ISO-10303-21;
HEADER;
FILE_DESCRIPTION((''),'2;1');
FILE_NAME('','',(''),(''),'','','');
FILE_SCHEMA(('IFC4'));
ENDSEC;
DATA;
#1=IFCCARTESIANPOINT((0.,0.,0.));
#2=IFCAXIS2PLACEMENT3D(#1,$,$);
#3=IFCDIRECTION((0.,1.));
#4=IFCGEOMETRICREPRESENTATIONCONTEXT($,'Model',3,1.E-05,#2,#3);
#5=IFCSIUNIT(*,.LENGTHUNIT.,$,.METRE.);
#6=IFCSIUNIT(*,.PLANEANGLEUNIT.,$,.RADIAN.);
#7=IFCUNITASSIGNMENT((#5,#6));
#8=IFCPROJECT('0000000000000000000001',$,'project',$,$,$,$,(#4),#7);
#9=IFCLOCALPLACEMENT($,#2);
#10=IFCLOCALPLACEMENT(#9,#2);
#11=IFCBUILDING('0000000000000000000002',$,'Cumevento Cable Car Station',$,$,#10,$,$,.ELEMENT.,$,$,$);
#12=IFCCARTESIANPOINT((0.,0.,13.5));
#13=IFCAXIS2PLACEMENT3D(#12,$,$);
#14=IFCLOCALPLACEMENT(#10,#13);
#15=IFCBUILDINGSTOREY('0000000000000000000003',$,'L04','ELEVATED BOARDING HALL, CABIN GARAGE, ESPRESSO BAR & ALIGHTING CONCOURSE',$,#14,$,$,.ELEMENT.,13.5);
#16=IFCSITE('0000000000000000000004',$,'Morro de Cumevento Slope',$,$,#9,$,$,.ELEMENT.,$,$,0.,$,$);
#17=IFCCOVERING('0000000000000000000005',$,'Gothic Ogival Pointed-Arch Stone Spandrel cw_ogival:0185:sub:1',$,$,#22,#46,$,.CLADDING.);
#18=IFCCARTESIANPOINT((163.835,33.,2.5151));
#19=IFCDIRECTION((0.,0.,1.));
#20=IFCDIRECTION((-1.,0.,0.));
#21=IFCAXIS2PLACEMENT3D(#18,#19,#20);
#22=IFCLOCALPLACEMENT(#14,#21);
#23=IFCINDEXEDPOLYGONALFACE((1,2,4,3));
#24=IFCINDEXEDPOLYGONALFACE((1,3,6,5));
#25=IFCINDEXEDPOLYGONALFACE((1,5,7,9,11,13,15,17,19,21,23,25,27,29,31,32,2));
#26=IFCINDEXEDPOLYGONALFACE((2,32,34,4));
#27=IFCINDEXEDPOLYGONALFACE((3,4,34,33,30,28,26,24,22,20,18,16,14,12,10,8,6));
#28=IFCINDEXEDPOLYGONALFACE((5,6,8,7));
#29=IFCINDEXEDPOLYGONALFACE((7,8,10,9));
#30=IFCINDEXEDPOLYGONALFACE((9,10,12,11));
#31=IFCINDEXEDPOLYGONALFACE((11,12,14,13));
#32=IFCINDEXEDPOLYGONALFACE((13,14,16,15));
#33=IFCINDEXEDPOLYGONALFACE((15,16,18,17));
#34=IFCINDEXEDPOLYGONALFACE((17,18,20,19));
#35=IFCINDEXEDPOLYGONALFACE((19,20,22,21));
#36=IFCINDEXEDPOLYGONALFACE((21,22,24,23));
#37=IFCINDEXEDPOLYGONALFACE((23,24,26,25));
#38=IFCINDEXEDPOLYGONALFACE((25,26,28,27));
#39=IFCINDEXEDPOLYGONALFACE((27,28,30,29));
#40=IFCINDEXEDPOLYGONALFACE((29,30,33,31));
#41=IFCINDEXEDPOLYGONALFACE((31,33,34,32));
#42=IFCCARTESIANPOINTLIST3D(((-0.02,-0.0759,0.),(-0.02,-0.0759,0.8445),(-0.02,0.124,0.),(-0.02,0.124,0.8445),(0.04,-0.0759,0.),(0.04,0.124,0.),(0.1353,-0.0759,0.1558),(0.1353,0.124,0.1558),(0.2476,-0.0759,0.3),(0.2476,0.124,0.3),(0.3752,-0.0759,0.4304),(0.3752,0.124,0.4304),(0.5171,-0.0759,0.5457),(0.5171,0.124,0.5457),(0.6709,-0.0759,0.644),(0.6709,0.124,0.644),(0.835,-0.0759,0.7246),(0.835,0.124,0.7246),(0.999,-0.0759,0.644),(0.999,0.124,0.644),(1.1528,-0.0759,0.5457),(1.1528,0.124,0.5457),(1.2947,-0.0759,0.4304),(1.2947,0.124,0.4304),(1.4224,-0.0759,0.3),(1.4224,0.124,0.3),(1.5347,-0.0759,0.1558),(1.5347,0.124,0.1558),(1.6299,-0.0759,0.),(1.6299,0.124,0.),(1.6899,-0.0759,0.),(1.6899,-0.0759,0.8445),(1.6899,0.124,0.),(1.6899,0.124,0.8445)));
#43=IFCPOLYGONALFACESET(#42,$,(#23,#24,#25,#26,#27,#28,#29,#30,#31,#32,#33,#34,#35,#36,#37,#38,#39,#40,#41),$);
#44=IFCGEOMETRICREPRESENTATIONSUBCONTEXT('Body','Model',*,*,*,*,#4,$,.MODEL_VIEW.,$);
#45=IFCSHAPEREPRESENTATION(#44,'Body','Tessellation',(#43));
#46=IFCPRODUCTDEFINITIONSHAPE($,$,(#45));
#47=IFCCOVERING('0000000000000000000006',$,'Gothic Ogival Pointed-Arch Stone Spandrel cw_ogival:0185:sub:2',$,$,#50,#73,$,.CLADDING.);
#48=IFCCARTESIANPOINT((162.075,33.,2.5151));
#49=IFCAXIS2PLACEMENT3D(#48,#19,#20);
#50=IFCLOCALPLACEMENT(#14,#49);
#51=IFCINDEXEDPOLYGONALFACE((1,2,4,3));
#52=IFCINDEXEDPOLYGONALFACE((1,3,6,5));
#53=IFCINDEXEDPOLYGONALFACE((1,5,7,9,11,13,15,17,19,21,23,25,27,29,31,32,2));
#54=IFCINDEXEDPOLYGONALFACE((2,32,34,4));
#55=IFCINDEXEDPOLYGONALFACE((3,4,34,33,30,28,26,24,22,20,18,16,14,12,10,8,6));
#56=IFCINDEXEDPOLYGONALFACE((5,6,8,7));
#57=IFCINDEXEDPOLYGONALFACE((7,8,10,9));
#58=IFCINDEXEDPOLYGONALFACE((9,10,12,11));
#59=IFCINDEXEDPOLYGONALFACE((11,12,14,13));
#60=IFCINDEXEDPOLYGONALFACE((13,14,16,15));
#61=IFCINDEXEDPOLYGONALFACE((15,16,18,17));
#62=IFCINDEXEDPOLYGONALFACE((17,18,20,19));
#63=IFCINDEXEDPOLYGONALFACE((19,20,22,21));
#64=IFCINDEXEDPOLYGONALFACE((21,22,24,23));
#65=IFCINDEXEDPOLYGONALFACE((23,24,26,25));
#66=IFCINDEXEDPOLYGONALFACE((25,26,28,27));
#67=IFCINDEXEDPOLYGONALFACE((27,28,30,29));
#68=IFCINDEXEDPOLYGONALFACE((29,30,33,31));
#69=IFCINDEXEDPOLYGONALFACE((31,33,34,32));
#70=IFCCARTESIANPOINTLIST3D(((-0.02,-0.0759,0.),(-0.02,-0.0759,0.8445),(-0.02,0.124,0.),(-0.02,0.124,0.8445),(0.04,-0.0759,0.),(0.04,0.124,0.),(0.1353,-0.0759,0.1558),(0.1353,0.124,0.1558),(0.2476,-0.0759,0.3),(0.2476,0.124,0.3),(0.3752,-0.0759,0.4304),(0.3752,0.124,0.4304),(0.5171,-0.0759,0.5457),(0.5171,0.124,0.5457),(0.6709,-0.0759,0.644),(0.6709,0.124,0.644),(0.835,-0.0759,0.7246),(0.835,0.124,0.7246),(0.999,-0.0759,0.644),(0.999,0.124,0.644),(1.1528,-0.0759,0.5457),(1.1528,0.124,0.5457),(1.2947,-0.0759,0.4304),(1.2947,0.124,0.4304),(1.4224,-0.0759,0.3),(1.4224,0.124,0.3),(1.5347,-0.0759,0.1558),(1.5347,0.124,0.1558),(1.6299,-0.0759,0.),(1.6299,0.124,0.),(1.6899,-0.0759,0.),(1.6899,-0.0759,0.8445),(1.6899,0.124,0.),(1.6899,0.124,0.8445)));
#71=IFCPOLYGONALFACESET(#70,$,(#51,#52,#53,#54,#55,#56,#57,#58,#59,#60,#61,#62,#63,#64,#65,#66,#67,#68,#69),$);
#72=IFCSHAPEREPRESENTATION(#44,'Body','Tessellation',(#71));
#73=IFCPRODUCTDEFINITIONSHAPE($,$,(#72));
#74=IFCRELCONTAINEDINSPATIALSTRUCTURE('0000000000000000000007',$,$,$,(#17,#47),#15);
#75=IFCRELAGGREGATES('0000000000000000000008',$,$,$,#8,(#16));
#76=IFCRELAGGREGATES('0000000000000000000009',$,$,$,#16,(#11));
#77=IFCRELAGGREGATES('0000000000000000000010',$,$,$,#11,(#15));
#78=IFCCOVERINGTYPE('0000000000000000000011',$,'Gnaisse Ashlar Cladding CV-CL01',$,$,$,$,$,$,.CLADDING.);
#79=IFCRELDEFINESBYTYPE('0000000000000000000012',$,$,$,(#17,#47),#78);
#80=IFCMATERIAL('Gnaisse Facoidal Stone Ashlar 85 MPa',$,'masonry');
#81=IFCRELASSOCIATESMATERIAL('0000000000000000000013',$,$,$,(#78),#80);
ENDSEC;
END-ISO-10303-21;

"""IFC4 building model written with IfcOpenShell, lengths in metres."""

from ifc_helpers import new_model, si_unit, direction, frame, origin, place, context, subcontext, project, spatial, polyline, outline, extrude, material, type_object, element, save


model = new_model("IFC4")

# Units and contexts
model_context = context("Model", 3, precision=1e-05, world=origin(), true_north=direction((0.0, 1.0)))
body_context = subcontext(model_context, "Body", "Model", "MODEL_VIEW")
ifc_project = project(units=[si_unit("LENGTHUNIT", "METRE"), si_unit("PLANEANGLEUNIT", "RADIAN")], contexts=[model_context])

# Site, building, storey
site_placement = place(None, origin())
site = spatial("IfcSite", under=ifc_project, at=site_placement, Name="Morro de Cumevento Slope", CompositionType="ELEMENT", RefElevation=0.0)
building_placement = place(site_placement, origin())
building = spatial("IfcBuilding", under=site, at=building_placement, Name="Cumevento Cable Car Station", CompositionType="ELEMENT")
storey_placement = place(building_placement, frame((0.0, 0.0, 13.5)))
storey = spatial("IfcBuildingStorey", under=building, at=storey_placement, Name="L04", Description="ELEVATED BOARDING HALL, CABIN GARAGE, ESPRESSO BAR & ALIGHTING CONCOURSE", CompositionType="ELEMENT", Elevation=13.5)

# Coverings
ifc_material_1 = material(Name="Gnaisse Facoidal Stone Ashlar 85 MPa", Category="masonry")
covering_type = type_object("IfcCoveringType", Name="Gnaisse Ashlar Cladding CV-CL01", PredefinedType="CLADDING", material=ifc_material_1)
for number, where, z_axis, x_axis, name in (
    (1, (163.835, 33.0, 2.5151), (0.0, 0.0, 1.0), (-1.0, 0.0, 0.0), "Gothic Ogival Pointed-Arch Stone Spandrel cw_ogival:0185:sub:1"),
    (2, (162.075, 33.0, 2.5151), (0.0, 0.0, 1.0), (-1.0, 0.0, 0.0), "Gothic Ogival Pointed-Arch Stone Spandrel cw_ogival:0185:sub:2"),
):
    element("IfcCovering", number, at=place(storey_placement, frame(where, z_axis=z_axis, x_axis=x_axis)), inside=storey, type_object=covering_type, Name=name, PredefinedType="CLADDING", context=body_context, shape_type="SweptSolid", body=[
        extrude(outline(polyline([(-0.02, 0.0), (-0.02, 0.8445), (1.6899, 0.8445), (1.6899, 0.0), (1.6299, 0.0), (1.5347, 0.1558), (1.4224, 0.3), (1.2947, 0.4304), (1.1528, 0.5457), (0.999, 0.644), (0.835, 0.7246), (0.6709, 0.644), (0.5171, 0.5457), (0.3752, 0.4304), (0.2476, 0.3), (0.1353, 0.1558), (0.04, 0.0), (-0.02, 0.0)])), frame((0.0, 0.124, 0.0), z_axis=(0.0, -1.0, 0.0), x_axis=(1.0, 0.0, 0.0)), (0.0, 0.0, 1.0), 0.2),
    ])

save(model, "model.ifc")
